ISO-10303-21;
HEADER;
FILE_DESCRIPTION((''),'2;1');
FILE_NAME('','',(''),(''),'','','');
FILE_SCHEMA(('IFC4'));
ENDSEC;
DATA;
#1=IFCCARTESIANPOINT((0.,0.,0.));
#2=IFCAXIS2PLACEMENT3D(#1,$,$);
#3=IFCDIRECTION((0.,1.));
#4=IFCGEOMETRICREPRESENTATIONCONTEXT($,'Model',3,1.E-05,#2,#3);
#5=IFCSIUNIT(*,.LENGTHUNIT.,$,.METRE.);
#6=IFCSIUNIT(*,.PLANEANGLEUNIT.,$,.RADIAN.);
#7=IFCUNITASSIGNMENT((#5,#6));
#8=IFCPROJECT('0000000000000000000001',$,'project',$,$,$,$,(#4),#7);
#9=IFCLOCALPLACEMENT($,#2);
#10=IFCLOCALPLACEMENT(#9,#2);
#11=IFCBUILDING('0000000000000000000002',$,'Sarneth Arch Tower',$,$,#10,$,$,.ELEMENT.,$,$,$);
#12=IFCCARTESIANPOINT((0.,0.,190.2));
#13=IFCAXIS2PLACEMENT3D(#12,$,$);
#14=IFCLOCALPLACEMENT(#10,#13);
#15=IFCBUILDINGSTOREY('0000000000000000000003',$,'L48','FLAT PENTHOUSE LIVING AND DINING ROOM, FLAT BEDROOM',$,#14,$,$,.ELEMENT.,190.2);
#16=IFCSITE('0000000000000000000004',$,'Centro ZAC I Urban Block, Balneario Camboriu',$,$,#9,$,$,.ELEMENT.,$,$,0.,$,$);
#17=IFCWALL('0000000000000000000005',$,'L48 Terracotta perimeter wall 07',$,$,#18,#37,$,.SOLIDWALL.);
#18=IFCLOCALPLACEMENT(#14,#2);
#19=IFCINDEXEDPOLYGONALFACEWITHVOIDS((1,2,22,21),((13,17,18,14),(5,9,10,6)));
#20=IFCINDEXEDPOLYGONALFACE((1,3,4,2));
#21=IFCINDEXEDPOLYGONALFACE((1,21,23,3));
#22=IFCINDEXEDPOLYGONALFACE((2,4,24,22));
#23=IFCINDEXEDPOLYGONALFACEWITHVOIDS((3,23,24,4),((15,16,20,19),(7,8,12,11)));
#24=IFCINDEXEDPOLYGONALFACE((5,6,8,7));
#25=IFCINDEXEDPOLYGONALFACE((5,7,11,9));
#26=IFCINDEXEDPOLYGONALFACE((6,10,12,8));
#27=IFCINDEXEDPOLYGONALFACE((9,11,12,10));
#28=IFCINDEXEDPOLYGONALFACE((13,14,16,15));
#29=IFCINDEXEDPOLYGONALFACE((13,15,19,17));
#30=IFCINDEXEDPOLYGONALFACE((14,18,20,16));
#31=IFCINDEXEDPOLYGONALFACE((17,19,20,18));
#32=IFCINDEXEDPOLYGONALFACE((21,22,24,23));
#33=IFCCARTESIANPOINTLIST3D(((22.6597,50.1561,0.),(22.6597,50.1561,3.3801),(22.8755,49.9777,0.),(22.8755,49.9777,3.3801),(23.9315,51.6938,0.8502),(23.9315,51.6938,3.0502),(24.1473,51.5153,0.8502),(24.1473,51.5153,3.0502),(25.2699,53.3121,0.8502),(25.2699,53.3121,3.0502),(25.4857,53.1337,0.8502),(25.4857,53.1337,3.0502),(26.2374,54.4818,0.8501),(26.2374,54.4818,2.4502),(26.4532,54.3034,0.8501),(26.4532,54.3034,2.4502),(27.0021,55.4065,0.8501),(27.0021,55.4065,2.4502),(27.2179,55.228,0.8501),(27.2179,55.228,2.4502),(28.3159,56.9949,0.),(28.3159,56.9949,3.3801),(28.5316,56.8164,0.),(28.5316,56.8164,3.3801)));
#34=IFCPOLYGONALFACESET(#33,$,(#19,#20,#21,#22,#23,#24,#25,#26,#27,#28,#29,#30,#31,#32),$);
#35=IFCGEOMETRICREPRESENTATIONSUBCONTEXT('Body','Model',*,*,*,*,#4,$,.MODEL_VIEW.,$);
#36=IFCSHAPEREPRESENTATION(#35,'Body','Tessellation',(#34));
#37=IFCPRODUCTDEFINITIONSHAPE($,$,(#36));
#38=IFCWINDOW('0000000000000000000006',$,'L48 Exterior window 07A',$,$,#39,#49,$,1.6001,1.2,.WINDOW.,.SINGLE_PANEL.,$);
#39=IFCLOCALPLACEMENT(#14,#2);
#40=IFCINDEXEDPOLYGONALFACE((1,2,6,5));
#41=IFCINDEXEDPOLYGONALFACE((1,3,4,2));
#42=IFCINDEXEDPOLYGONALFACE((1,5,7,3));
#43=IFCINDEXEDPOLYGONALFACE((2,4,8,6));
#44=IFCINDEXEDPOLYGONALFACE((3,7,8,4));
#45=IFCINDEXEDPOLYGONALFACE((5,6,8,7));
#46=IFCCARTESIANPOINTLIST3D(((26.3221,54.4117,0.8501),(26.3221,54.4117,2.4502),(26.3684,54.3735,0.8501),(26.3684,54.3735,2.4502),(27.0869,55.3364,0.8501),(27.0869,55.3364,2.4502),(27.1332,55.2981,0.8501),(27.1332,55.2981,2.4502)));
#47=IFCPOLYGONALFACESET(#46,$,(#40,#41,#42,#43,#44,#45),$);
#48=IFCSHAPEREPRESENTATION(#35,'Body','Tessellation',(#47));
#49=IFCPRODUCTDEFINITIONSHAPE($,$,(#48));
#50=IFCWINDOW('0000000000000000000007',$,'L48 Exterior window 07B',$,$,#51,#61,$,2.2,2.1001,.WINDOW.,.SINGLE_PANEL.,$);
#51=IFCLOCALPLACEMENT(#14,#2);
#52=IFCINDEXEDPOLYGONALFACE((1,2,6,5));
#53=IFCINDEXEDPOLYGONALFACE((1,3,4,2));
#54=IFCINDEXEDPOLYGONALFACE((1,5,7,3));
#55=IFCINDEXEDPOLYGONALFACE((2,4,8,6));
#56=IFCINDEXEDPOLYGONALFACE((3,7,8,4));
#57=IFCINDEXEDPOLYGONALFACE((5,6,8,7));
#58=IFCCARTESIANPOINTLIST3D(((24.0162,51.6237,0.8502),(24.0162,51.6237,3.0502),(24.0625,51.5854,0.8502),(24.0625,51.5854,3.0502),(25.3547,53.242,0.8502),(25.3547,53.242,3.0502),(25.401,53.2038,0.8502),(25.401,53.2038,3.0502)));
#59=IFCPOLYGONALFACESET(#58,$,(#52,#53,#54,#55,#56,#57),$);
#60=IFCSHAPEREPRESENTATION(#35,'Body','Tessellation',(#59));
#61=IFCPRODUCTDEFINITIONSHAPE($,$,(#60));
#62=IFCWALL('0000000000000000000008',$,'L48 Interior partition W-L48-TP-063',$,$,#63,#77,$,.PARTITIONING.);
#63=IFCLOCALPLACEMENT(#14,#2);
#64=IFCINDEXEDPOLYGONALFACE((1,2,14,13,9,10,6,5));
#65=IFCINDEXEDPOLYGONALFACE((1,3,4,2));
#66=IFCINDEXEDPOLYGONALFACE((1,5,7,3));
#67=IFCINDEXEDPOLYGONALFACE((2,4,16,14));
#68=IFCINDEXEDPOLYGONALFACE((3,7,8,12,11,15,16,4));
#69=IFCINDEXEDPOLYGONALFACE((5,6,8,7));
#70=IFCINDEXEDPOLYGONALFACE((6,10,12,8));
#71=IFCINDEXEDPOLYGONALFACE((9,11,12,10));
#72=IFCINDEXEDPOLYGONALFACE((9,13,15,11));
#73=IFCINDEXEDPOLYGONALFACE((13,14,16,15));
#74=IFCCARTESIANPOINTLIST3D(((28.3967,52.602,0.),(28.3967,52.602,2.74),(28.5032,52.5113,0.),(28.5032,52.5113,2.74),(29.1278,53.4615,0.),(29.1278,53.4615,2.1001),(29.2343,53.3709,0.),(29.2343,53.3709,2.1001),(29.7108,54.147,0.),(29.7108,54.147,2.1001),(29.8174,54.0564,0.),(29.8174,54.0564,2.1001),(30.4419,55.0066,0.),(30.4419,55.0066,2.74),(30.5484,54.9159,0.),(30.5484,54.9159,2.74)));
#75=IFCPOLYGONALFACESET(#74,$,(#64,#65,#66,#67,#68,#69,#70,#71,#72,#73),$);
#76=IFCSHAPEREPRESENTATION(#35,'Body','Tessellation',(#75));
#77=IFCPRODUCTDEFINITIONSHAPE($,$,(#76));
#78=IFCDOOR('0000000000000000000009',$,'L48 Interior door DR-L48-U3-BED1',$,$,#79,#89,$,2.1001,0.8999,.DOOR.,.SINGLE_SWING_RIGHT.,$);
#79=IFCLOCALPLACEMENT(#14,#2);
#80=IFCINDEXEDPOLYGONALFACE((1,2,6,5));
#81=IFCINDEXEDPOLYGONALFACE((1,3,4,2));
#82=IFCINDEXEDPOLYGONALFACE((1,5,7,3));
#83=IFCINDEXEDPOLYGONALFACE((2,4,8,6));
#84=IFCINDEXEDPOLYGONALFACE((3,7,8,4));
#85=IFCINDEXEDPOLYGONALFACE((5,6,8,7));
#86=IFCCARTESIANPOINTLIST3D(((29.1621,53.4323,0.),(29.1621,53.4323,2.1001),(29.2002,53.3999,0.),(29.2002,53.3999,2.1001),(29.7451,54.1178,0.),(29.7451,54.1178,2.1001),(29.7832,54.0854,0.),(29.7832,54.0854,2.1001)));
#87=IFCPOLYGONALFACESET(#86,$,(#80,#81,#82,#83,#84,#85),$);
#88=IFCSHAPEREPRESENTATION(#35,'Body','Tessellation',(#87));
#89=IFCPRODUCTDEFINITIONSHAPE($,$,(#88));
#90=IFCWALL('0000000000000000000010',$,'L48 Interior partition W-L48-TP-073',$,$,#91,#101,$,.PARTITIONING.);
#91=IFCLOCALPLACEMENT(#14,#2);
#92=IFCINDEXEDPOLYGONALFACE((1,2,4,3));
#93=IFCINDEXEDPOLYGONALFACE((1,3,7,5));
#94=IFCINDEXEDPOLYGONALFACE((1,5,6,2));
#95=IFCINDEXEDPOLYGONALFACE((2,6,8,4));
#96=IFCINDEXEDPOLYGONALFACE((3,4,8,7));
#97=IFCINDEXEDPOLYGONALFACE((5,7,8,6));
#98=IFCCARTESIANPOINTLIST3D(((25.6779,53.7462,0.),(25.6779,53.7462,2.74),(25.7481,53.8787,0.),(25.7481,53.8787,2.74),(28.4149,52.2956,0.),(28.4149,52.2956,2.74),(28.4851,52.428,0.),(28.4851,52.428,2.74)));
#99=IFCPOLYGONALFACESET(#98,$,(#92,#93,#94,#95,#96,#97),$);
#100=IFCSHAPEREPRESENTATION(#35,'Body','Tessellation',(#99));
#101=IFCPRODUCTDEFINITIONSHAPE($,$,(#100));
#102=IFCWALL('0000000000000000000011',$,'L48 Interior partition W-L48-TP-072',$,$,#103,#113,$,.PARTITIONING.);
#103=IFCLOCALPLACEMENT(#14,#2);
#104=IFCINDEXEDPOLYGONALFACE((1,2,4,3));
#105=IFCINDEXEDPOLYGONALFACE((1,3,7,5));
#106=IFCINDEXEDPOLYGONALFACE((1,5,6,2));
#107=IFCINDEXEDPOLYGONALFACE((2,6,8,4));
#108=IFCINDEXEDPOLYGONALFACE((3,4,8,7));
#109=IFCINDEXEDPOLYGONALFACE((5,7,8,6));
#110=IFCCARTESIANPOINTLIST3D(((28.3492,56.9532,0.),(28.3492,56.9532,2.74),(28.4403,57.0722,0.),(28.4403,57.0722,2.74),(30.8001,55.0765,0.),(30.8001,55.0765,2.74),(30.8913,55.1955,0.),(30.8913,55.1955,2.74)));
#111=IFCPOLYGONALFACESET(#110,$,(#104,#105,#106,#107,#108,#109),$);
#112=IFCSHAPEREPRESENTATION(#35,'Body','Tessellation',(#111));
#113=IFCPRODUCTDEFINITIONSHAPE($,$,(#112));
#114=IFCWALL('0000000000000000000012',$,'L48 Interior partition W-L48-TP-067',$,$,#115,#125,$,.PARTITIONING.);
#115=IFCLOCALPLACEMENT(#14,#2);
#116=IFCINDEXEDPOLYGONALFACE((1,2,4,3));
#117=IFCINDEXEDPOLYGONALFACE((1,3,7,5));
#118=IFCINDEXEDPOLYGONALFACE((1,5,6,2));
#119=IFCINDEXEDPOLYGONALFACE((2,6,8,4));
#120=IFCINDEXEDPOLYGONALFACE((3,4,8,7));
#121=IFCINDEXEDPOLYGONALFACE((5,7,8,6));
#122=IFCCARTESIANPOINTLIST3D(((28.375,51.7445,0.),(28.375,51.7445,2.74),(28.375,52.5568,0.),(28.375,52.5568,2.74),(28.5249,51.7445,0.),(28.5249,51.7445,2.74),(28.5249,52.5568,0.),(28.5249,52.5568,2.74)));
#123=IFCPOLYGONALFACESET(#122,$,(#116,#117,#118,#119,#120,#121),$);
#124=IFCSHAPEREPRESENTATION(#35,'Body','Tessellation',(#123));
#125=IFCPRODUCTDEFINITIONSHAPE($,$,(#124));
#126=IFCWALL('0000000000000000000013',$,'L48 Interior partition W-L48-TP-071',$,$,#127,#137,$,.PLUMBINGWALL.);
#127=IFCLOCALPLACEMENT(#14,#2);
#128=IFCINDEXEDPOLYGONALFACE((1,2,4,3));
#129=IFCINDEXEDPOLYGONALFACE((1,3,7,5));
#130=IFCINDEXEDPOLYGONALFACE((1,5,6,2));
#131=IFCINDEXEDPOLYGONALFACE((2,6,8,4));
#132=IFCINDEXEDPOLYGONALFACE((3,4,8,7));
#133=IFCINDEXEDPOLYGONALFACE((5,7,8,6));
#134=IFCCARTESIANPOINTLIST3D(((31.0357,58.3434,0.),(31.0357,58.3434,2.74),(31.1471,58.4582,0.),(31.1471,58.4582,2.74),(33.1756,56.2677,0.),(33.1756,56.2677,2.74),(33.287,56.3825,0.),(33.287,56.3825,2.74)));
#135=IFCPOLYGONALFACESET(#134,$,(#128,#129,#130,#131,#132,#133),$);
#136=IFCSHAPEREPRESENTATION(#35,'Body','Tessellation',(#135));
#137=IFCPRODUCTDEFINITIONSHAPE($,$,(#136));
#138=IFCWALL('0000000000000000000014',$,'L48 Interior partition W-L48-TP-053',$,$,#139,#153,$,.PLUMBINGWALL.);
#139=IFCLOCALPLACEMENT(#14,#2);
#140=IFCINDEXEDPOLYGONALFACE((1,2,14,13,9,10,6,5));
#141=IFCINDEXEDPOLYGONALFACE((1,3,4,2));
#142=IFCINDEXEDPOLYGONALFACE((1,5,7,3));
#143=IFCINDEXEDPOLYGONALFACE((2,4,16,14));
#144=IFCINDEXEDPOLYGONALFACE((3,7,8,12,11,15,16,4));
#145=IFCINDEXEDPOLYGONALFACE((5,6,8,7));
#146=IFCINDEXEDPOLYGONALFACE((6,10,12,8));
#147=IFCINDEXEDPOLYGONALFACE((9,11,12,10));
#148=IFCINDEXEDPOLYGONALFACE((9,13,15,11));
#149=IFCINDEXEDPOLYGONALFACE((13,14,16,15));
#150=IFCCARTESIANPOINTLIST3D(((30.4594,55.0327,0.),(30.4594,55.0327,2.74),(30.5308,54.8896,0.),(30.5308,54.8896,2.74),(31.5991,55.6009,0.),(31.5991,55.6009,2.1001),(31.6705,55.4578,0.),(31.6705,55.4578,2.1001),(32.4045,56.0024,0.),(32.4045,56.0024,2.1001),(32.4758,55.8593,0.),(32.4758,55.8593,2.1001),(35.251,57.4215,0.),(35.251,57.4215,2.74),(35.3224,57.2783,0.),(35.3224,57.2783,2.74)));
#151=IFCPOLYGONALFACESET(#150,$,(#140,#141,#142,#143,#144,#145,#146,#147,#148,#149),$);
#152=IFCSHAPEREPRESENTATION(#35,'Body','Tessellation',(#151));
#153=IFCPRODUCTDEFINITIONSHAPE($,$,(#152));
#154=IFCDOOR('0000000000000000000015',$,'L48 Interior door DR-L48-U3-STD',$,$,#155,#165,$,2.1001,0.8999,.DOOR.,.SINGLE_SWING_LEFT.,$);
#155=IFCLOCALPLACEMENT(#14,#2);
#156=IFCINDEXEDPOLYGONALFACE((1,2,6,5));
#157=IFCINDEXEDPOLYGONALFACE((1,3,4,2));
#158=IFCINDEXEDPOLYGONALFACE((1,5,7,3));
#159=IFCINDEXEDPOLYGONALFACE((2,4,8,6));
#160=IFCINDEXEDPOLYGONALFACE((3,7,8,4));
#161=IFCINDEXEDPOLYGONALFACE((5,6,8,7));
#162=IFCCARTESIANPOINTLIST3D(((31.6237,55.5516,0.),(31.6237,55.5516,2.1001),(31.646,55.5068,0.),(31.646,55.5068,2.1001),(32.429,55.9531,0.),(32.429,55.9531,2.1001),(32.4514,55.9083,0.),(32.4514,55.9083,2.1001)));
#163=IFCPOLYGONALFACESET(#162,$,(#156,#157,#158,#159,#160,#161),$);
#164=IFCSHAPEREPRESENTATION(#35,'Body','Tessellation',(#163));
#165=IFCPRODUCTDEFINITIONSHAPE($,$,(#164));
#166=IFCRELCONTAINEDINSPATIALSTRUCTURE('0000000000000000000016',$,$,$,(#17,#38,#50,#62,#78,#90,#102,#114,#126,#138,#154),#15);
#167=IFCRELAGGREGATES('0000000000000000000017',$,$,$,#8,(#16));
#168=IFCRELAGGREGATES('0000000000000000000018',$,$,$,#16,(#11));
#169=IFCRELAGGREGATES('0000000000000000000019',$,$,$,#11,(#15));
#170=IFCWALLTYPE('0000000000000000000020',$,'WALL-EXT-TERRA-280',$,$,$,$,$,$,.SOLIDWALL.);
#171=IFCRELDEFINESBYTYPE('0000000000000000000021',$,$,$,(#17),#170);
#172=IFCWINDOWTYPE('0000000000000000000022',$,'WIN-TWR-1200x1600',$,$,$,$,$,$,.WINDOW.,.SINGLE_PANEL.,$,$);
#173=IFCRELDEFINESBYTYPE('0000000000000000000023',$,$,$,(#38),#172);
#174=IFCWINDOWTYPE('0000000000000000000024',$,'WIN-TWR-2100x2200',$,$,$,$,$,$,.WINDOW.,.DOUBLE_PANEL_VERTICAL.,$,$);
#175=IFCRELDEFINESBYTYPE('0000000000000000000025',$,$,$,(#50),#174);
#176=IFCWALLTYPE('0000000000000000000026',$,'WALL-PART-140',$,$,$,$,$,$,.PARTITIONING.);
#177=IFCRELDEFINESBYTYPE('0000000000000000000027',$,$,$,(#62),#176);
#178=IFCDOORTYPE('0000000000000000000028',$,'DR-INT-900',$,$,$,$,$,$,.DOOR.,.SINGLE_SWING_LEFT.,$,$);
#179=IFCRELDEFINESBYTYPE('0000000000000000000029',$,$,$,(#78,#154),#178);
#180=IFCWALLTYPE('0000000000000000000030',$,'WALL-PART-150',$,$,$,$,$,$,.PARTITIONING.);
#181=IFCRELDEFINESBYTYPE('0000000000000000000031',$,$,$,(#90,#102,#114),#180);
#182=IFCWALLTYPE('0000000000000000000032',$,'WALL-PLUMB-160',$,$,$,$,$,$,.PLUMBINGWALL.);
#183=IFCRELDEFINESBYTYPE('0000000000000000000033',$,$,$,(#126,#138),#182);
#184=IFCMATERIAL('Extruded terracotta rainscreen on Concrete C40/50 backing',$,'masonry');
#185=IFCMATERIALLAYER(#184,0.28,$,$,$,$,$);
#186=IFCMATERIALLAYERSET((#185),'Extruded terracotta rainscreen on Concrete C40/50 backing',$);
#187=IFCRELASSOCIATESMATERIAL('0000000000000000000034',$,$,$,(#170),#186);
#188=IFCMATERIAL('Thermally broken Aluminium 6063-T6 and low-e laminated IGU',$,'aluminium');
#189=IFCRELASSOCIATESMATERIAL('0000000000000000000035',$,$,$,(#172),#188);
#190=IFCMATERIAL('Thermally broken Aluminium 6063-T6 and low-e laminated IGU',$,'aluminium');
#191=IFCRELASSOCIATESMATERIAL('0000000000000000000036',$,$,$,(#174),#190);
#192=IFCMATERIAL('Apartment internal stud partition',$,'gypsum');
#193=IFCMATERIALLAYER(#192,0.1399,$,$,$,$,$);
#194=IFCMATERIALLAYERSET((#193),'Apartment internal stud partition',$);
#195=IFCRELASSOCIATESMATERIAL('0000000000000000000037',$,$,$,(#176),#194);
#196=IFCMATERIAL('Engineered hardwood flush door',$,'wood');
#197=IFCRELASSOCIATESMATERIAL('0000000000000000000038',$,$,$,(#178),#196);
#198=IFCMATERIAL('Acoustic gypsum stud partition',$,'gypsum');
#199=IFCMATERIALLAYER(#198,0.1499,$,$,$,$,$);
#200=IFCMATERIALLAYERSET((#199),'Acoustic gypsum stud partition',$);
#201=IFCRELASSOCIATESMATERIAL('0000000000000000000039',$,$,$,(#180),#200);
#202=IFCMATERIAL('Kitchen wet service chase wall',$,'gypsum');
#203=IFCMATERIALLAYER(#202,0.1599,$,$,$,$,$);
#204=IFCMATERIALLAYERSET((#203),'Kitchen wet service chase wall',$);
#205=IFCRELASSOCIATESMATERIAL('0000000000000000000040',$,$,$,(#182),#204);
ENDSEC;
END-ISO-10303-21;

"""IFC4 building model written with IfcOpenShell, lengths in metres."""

from ifc_helpers import new_model, si_unit, direction, frame, frame_2d, origin, place, context, subcontext, project, spatial, rectangle, extrude, material, layer, layer_set, type_object, element, fill, save


model = new_model("IFC4")

# Units and contexts
model_context = context("Model", 3, precision=1e-05, world=origin(), true_north=direction((0.0, 1.0)))
body_context = subcontext(model_context, "Body", "Model", "MODEL_VIEW")
ifc_project = project(units=[si_unit("LENGTHUNIT", "METRE"), si_unit("PLANEANGLEUNIT", "RADIAN")], contexts=[model_context])

# Site, building, storey
site_placement = place(None, origin())
site = spatial("IfcSite", under=ifc_project, at=site_placement, Name="Centro ZAC I Urban Block, Balneario Camboriu", CompositionType="ELEMENT", RefElevation=0.0)
building_placement = place(site_placement, origin())
building = spatial("IfcBuilding", under=site, at=building_placement, Name="Sarneth Arch Tower", CompositionType="ELEMENT")
storey_placement = place(building_placement, frame((0.0, 0.0, 190.2)))
storey = spatial("IfcBuildingStorey", under=building, at=storey_placement, Name="L48", Description="FLAT PENTHOUSE LIVING AND DINING ROOM, FLAT BEDROOM", CompositionType="ELEMENT", Elevation=190.2)

# Wall, openings, windows
ifc_material_1 = material(Name="Extruded terracotta rainscreen on Concrete C40/50 backing", Category="masonry")
ifc_layer_1 = layer(ifc_material_1, 0.28)
ifc_layer_set_1 = layer_set([ifc_layer_1], Name="Extruded terracotta rainscreen on Concrete C40/50 backing")
wall_type_1 = type_object("IfcWallType", Name="WALL-EXT-TERRA-280", PredefinedType="SOLIDWALL", material=ifc_layer_set_1)
wall_1_placement = place(storey_placement, frame((28.4238, 56.9058, 0.0), z_axis=(0.0, 0.0, 1.0), x_axis=(-0.637333, -0.770588, 0.0)))
wall_1 = element("IfcWall", 1, at=wall_1_placement, inside=storey, type_object=wall_type_1, Name="L48 Terracotta perimeter wall 07", PredefinedType="SOLIDWALL", context=body_context, shape_type="SweptSolid", body=[
    extrude(rectangle(XDim=8.8748, YDim=0.28, at=frame_2d((4.4375, 0.0))), origin(), (0.0, 0.0, 1.0), 3.3801),
])
opening_1_placement = place(wall_1_placement, frame((2.0613, 0.0, 0.8501)))
opening_1 = element("IfcOpeningElement", 2, at=opening_1_placement, cuts=wall_1, PredefinedType="OPENING", context=body_context, shape_type="SweptSolid", body=[
    extrude(rectangle(XDim=1.2, YDim=1.6001, at=frame_2d((0.6001, 0.8))), frame((0.0, 0.1499, 0.0), z_axis=(0.0, -1.0, 0.0), x_axis=(1.0, 0.0, 0.0)), (0.0, 0.0, 1.0), 0.3),
])
opening_2_placement = place(wall_1_placement, frame((4.7793, 0.0, 0.8501)))
opening_2 = element("IfcOpeningElement", 3, at=opening_2_placement, cuts=wall_1, PredefinedType="OPENING", context=body_context, shape_type="SweptSolid", body=[
    extrude(rectangle(XDim=2.1001, YDim=2.2, at=frame_2d((1.05, 1.1001))), frame((0.0, 0.1499, 0.0), z_axis=(0.0, -1.0, 0.0), x_axis=(1.0, 0.0, 0.0)), (0.0, 0.0, 1.0), 0.3),
])
ifc_material_2 = material(Name="Thermally broken Aluminium 6063-T6 and low-e laminated IGU", Category="aluminium")
window_type_1 = type_object("IfcWindowType", Name="WIN-TWR-1200x1600", PartitioningType="SINGLE_PANEL", PredefinedType="WINDOW", material=ifc_material_2)
window_1_placement = place(opening_1_placement, origin())
window_1 = element("IfcWindow", 4, at=window_1_placement, inside=storey, type_object=window_type_1, Name="L48 Exterior window 07A", OverallHeight=1.6001, OverallWidth=1.2, PartitioningType="SINGLE_PANEL", PredefinedType="WINDOW", context=body_context, shape_type="SweptSolid", body=[
    extrude(rectangle(XDim=1.2, YDim=1.6001, at=frame_2d((0.6001, 0.8))), frame((0.0, 0.03, 0.0), z_axis=(0.0, -1.0, 0.0), x_axis=(1.0, 0.0, 0.0)), (0.0, 0.0, 1.0), 0.0601),
])
fill(opening_1, window_1)
ifc_material_3 = material(Name="Thermally broken Aluminium 6063-T6 and low-e laminated IGU", Category="aluminium")
window_type_2 = type_object("IfcWindowType", Name="WIN-TWR-2100x2200", PartitioningType="DOUBLE_PANEL_VERTICAL", PredefinedType="WINDOW", material=ifc_material_3)
window_2_placement = place(opening_2_placement, origin())
window_2 = element("IfcWindow", 5, at=window_2_placement, inside=storey, type_object=window_type_2, Name="L48 Exterior window 07B", OverallHeight=2.2, OverallWidth=2.1001, PartitioningType="SINGLE_PANEL", PredefinedType="WINDOW", context=body_context, shape_type="SweptSolid", body=[
    extrude(rectangle(XDim=2.1001, YDim=2.2, at=frame_2d((1.05, 1.1001))), frame((0.0, 0.03, 0.0), z_axis=(0.0, -1.0, 0.0), x_axis=(1.0, 0.0, 0.0)), (0.0, 0.0, 1.0), 0.0601),
])
fill(opening_2, window_2)

# Wall, opening, door
ifc_material_4 = material(Name="Apartment internal stud partition", Category="gypsum")
ifc_layer_2 = layer(ifc_material_4, 0.1399)
ifc_layer_set_2 = layer_set([ifc_layer_2], Name="Apartment internal stud partition")
wall_type_2 = type_object("IfcWallType", Name="WALL-PART-140", PredefinedType="PARTITIONING", material=ifc_layer_set_2)
wall_2_placement = place(storey_placement, frame((28.45, 52.5566, 0.0), z_axis=(0.0, 0.0, 1.0), x_axis=(0.647889, 0.761735, 0.0)))
wall_2 = element("IfcWall", 6, at=wall_2_placement, inside=storey, type_object=wall_type_2, Name="L48 Interior partition W-L48-TP-063", PredefinedType="PARTITIONING", context=body_context, shape_type="SweptSolid", body=[
    extrude(rectangle(XDim=3.1567, YDim=0.1399, at=frame_2d((1.5784, 0.0))), origin(), (0.0, 0.0, 1.0), 2.74),
])
opening_3_placement = place(wall_2_placement, frame((1.1284, 0.0, 0.0)))
opening_3 = element("IfcOpeningElement", 7, at=opening_3_placement, cuts=wall_2, PredefinedType="OPENING", context=body_context, shape_type="SweptSolid", body=[
    extrude(rectangle(XDim=0.8999, YDim=2.1001, at=frame_2d((0.45, 1.05))), frame((0.0, 0.0798, 0.0), z_axis=(0.0, -1.0, 0.0), x_axis=(1.0, 0.0, 0.0)), (0.0, 0.0, 1.0), 0.1599),
])
ifc_material_5 = material(Name="Engineered hardwood flush door", Category="wood")
door_type = type_object("IfcDoorType", Name="DR-INT-900", OperationType="SINGLE_SWING_LEFT", PredefinedType="DOOR", material=ifc_material_5)
door_1_placement = place(opening_3_placement, origin())
door_1 = element("IfcDoor", 8, at=door_1_placement, inside=storey, type_object=door_type, Name="L48 Interior door DR-L48-U3-BED1", OperationType="SINGLE_SWING_RIGHT", OverallHeight=2.1001, OverallWidth=0.8999, PredefinedType="DOOR", context=body_context, shape_type="SweptSolid", body=[
    extrude(rectangle(XDim=0.8999, YDim=2.1001, at=frame_2d((0.45, 1.05))), frame((0.0, 0.0249, 0.0), z_axis=(0.0, -1.0, 0.0), x_axis=(1.0, 0.0, 0.0)), (0.0, 0.0, 1.0), 0.05),
])
fill(opening_3, door_1)

# Walls
ifc_material_6 = material(Name="Acoustic gypsum stud partition", Category="gypsum")
ifc_layer_3 = layer(ifc_material_6, 0.1499)
ifc_layer_set_3 = layer_set([ifc_layer_3], Name="Acoustic gypsum stud partition")
wall_type_3 = type_object("IfcWallType", Name="WALL-PART-150", PredefinedType="PARTITIONING", material=ifc_layer_set_3)
wall_3_placement = place(storey_placement, frame((28.45, 52.3618, 0.0), z_axis=(0.0, 0.0, 1.0), x_axis=(-0.883567, 0.468304, 0.0)))
element("IfcWall", 9, at=wall_3_placement, inside=storey, type_object=wall_type_3, Name="L48 Interior partition W-L48-TP-073", PredefinedType="PARTITIONING", context=body_context, shape_type="SweptSolid", body=[
    extrude(rectangle(XDim=3.0977, YDim=0.1499, at=frame_2d((1.5488, 0.0))), origin(), (0.0, 0.0, 1.0), 2.74),
])
wall_4_placement = place(storey_placement, frame((30.8457, 55.136, 0.0), z_axis=(0.0, 0.0, 1.0), x_axis=(-0.793972, 0.607955, 0.0)))
element("IfcWall", 10, at=wall_4_placement, inside=storey, type_object=wall_type_3, Name="L48 Interior partition W-L48-TP-072", PredefinedType="PARTITIONING", context=body_context, shape_type="SweptSolid", body=[
    extrude(rectangle(XDim=3.0869, YDim=0.1499, at=frame_2d((1.5435, 0.0))), origin(), (0.0, 0.0, 1.0), 2.74),
])
wall_5_placement = place(storey_placement, frame((28.45, 51.7444, 0.0), z_axis=(0.0, 0.0, 1.0), x_axis=(0.0, 1.0, 0.0)))
element("IfcWall", 11, at=wall_5_placement, inside=storey, type_object=wall_type_3, Name="L48 Interior partition W-L48-TP-067", PredefinedType="PARTITIONING", context=body_context, shape_type="SweptSolid", body=[
    extrude(rectangle(XDim=0.8123, YDim=0.1499, at=frame_2d((0.4062, 0.0))), origin(), (0.0, 0.0, 1.0), 2.74),
])
ifc_material_7 = material(Name="Kitchen wet service chase wall", Category="gypsum")
ifc_layer_4 = layer(ifc_material_7, 0.1599)
ifc_layer_set_4 = layer_set([ifc_layer_4], Name="Kitchen wet service chase wall")
wall_type_4 = type_object("IfcWallType", Name="WALL-PLUMB-160", PredefinedType="PLUMBINGWALL", material=ifc_layer_set_4)
wall_6_placement = place(storey_placement, frame((31.0913, 58.4009, 0.0), z_axis=(0.0, 0.0, 1.0), x_axis=(0.717794, -0.696256, 0.0)))
element("IfcWall", 12, at=wall_6_placement, inside=storey, type_object=wall_type_4, Name="L48 Interior partition W-L48-TP-071", PredefinedType="PLUMBINGWALL", context=body_context, shape_type="SweptSolid", body=[
    extrude(rectangle(XDim=2.9812, YDim=0.1599, at=frame_2d((1.4907, 0.0))), origin(), (0.0, 0.0, 1.0), 2.74),
])

# Wall, opening, door
wall_7_placement = place(storey_placement, frame((30.4951, 54.9612, 0.0), z_axis=(0.0, 0.0, 1.0), x_axis=(0.894956, 0.446155, 0.0)))
wall_7 = element("IfcWall", 13, at=wall_7_placement, inside=storey, type_object=wall_type_4, Name="L48 Interior partition W-L48-TP-053", PredefinedType="PLUMBINGWALL", context=body_context, shape_type="SweptSolid", body=[
    extrude(rectangle(XDim=5.354, YDim=0.1599, at=frame_2d((2.677, 0.0))), origin(), (0.0, 0.0, 1.0), 2.74),
])
opening_4_placement = place(wall_7_placement, frame((1.2734, 0.0, 0.0)))
opening_4 = element("IfcOpeningElement", 14, at=opening_4_placement, cuts=wall_7, PredefinedType="OPENING", context=body_context, shape_type="SweptSolid", body=[
    extrude(rectangle(XDim=0.8999, YDim=2.1001, at=frame_2d((0.45, 1.05))), frame((0.0, 0.0898, 0.0), z_axis=(0.0, -1.0, 0.0), x_axis=(1.0, 0.0, 0.0)), (0.0, 0.0, 1.0), 0.1799),
])
door_2_placement = place(opening_4_placement, origin())
door_2 = element("IfcDoor", 15, at=door_2_placement, inside=storey, type_object=door_type, Name="L48 Interior door DR-L48-U3-STD", OperationType="SINGLE_SWING_LEFT", OverallHeight=2.1001, OverallWidth=0.8999, PredefinedType="DOOR", context=body_context, shape_type="SweptSolid", body=[
    extrude(rectangle(XDim=0.8999, YDim=2.1001, at=frame_2d((0.45, 1.05))), frame((0.0, 0.0249, 0.0), z_axis=(0.0, -1.0, 0.0), x_axis=(1.0, 0.0, 0.0)), (0.0, 0.0, 1.0), 0.05),
])
fill(opening_4, door_2)

save(model, "model.ifc")
